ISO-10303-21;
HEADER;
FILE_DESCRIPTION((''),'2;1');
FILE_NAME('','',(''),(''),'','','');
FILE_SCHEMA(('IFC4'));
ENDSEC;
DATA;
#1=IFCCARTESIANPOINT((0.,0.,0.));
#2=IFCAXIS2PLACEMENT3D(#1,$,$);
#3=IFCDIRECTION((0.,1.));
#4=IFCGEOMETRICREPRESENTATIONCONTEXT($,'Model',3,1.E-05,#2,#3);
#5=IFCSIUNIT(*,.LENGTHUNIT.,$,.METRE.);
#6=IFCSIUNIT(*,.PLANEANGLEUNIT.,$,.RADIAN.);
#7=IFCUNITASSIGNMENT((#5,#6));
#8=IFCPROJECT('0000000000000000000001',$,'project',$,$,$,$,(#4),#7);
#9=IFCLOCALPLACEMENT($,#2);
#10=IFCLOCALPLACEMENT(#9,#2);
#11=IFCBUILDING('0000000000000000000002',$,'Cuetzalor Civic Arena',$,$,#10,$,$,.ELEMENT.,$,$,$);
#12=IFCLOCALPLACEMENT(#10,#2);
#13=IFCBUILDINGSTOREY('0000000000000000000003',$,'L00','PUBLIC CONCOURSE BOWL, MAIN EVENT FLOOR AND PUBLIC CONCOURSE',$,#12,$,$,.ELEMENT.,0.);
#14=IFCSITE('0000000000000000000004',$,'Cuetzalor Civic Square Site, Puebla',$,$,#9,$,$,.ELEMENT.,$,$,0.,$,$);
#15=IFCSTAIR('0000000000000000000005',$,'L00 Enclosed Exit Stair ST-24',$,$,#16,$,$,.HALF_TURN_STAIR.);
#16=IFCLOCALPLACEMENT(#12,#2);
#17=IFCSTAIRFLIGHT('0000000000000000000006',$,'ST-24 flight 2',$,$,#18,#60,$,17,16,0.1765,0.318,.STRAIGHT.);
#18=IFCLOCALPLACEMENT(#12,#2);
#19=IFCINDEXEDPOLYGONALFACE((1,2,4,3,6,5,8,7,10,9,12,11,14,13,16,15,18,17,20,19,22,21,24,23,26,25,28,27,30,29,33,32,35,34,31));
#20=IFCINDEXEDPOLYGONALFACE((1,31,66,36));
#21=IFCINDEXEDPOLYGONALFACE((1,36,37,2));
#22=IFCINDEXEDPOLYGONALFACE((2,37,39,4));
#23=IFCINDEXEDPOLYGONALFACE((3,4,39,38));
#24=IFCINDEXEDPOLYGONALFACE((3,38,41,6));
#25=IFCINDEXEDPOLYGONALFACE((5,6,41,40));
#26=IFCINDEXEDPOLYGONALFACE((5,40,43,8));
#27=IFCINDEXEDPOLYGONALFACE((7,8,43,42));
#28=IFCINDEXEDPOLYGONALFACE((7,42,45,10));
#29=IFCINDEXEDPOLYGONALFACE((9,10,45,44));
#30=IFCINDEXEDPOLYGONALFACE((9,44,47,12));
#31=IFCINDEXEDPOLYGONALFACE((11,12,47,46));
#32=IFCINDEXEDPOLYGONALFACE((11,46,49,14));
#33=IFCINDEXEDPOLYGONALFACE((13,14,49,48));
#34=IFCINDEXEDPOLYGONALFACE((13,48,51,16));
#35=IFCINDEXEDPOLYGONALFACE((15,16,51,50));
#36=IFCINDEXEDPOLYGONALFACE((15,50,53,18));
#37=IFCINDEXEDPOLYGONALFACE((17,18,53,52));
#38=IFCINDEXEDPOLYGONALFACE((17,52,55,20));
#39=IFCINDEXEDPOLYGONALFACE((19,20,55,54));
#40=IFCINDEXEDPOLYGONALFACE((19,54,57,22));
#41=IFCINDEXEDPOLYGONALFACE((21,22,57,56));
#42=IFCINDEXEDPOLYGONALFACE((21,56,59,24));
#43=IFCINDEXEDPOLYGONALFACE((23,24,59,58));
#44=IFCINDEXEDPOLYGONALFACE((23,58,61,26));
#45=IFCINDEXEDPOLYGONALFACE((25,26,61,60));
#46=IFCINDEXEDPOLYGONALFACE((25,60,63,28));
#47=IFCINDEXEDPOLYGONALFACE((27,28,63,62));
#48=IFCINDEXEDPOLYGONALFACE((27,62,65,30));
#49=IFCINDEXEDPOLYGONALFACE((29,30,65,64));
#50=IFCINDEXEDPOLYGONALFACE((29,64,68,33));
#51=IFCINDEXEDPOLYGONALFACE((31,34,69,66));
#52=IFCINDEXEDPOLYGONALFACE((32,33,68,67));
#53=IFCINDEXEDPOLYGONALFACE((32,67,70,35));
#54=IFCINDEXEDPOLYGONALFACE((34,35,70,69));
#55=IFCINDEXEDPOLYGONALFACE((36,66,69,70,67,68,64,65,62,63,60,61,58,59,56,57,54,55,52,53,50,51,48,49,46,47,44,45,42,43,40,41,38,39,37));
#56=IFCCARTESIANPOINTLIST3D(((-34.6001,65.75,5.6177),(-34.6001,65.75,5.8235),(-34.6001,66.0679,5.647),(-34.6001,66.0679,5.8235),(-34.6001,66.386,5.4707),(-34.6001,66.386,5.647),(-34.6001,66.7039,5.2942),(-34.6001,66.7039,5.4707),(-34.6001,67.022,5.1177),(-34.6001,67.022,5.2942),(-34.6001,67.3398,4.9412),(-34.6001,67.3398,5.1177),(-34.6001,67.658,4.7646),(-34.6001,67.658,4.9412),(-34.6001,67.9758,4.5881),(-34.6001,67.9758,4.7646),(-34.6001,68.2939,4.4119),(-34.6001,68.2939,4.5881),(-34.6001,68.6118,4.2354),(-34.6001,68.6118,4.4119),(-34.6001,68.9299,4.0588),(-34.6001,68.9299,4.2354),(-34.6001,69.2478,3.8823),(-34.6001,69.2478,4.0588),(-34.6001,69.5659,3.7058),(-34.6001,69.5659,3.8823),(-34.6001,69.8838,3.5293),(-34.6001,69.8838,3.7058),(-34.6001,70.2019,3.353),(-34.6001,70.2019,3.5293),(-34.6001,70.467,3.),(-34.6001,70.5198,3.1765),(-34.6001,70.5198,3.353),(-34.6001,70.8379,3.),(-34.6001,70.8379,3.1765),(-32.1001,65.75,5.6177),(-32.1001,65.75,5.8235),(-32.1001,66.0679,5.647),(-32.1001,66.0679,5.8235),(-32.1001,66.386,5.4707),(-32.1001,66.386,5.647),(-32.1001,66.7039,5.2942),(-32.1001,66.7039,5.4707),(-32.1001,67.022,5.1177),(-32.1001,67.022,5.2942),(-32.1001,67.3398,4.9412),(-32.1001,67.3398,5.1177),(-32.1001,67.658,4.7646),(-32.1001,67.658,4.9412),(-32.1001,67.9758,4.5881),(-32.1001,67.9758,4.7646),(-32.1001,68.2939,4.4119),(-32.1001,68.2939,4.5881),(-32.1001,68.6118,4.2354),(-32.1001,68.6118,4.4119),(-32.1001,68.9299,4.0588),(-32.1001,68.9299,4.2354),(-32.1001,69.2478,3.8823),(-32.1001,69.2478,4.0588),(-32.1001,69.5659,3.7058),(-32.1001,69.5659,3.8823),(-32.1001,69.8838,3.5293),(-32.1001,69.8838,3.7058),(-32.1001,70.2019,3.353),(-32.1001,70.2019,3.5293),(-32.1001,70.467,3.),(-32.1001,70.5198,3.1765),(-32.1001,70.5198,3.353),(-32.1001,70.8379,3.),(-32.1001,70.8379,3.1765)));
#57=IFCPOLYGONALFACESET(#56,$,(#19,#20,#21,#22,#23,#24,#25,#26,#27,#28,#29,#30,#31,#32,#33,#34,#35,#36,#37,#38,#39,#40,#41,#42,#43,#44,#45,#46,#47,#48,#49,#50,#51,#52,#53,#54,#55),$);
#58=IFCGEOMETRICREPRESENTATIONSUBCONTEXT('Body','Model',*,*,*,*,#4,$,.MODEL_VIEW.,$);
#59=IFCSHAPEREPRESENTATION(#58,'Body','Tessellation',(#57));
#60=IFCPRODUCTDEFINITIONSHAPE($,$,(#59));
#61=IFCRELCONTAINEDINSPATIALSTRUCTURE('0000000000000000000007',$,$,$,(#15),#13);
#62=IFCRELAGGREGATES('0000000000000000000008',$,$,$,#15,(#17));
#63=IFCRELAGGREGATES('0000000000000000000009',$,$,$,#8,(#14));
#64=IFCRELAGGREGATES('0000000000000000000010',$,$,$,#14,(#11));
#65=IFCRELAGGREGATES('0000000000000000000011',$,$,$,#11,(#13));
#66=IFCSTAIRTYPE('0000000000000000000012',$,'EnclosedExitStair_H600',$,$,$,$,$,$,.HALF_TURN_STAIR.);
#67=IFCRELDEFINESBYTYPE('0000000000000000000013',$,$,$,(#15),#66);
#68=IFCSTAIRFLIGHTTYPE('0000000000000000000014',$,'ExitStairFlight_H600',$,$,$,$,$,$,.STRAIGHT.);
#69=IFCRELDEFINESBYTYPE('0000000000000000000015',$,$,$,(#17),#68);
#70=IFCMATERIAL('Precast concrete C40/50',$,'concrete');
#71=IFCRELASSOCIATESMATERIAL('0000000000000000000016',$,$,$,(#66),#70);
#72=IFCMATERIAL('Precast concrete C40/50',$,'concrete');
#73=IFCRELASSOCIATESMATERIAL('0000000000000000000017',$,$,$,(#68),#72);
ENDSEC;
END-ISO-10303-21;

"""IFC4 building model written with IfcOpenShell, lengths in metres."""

from ifc_helpers import new_model, si_unit, direction, frame, origin, place, context, subcontext, project, spatial, polyline, outline, extrude, material, type_object, element, aggregate, save


model = new_model("IFC4")

# Units and contexts
model_context = context("Model", 3, precision=1e-05, world=origin(), true_north=direction((0.0, 1.0)))
body_context = subcontext(model_context, "Body", "Model", "MODEL_VIEW")
ifc_project = project(units=[si_unit("LENGTHUNIT", "METRE"), si_unit("PLANEANGLEUNIT", "RADIAN")], contexts=[model_context])

# Site, building, storey
site_placement = place(None, origin())
site = spatial("IfcSite", under=ifc_project, at=site_placement, Name="Cuetzalor Civic Square Site, Puebla", CompositionType="ELEMENT", RefElevation=0.0)
building_placement = place(site_placement, origin())
building = spatial("IfcBuilding", under=site, at=building_placement, Name="Cuetzalor Civic Arena", CompositionType="ELEMENT")
storey_placement = place(building_placement, origin())
storey = spatial("IfcBuildingStorey", under=building, at=storey_placement, Name="L00", Description="PUBLIC CONCOURSE BOWL, MAIN EVENT FLOOR AND PUBLIC CONCOURSE", CompositionType="ELEMENT", Elevation=0.0)

# Stair, stair flight
ifc_material_1 = material(Name="Precast concrete C40/50", Category="concrete")
stair_type = type_object("IfcStairType", Name="EnclosedExitStair_H600", PredefinedType="HALF_TURN_STAIR", material=ifc_material_1)
stair_placement = place(storey_placement, origin())
stair = element("IfcStair", 1, at=stair_placement, inside=storey, type_object=stair_type, Name="L00 Enclosed Exit Stair ST-24", PredefinedType="HALF_TURN_STAIR")
ifc_material_2 = material(Name="Precast concrete C40/50", Category="concrete")
stair_flight_type = type_object("IfcStairFlightType", Name="ExitStairFlight_H600", PredefinedType="STRAIGHT", material=ifc_material_2)
stair_flight_1_placement = place(storey_placement, frame((-33.3501, 70.8379, 3.0), z_axis=(0.0, 0.0, 1.0), x_axis=(0.0, -1.0, 0.0)))
stair_flight_1 = element("IfcStairFlight", 2, at=stair_flight_1_placement, type_object=stair_flight_type, Name="ST-24 flight 2", NumberOfRisers=17, NumberOfTreads=16, PredefinedType="STRAIGHT", RiserHeight=0.1765, TreadLength=0.318, context=body_context, shape_type="SweptSolid", body=[
    extrude(outline(polyline([(0.0, 0.0), (0.0, 0.1765), (0.3181, 0.1765), (0.3181, 0.353), (0.636, 0.353), (0.636, 0.5293), (0.9541, 0.5293), (0.9541, 0.7058), (1.272, 0.7058), (1.272, 0.8823), (1.5901, 0.8823), (1.5901, 1.0588), (1.908, 1.0588), (1.908, 1.2354), (2.2261, 1.2354), (2.2261, 1.4119), (2.5439, 1.4119), (2.5439, 1.5881), (2.8621, 1.5881), (2.8621, 1.7646), (3.1799, 1.7646), (3.1799, 1.9412), (3.498, 1.9412), (3.498, 2.1177), (3.8159, 2.1177), (3.8159, 2.2942), (4.134, 2.2942), (4.134, 2.4707), (4.4519, 2.4707), (4.4519, 2.647), (4.77, 2.647), (4.77, 2.8235), (5.0879, 2.8235), (5.0879, 3.0), (5.0879, 2.6177), (0.3708, 0.0), (0.0, 0.0)])), frame((0.0, 1.25, 0.0), z_axis=(0.0, -1.0, 0.0), x_axis=(1.0, 0.0, 0.0)), (0.0, 0.0, 1.0), 2.5),
])
aggregate(stair, [stair_flight_1])

save(model, "model.ifc")
